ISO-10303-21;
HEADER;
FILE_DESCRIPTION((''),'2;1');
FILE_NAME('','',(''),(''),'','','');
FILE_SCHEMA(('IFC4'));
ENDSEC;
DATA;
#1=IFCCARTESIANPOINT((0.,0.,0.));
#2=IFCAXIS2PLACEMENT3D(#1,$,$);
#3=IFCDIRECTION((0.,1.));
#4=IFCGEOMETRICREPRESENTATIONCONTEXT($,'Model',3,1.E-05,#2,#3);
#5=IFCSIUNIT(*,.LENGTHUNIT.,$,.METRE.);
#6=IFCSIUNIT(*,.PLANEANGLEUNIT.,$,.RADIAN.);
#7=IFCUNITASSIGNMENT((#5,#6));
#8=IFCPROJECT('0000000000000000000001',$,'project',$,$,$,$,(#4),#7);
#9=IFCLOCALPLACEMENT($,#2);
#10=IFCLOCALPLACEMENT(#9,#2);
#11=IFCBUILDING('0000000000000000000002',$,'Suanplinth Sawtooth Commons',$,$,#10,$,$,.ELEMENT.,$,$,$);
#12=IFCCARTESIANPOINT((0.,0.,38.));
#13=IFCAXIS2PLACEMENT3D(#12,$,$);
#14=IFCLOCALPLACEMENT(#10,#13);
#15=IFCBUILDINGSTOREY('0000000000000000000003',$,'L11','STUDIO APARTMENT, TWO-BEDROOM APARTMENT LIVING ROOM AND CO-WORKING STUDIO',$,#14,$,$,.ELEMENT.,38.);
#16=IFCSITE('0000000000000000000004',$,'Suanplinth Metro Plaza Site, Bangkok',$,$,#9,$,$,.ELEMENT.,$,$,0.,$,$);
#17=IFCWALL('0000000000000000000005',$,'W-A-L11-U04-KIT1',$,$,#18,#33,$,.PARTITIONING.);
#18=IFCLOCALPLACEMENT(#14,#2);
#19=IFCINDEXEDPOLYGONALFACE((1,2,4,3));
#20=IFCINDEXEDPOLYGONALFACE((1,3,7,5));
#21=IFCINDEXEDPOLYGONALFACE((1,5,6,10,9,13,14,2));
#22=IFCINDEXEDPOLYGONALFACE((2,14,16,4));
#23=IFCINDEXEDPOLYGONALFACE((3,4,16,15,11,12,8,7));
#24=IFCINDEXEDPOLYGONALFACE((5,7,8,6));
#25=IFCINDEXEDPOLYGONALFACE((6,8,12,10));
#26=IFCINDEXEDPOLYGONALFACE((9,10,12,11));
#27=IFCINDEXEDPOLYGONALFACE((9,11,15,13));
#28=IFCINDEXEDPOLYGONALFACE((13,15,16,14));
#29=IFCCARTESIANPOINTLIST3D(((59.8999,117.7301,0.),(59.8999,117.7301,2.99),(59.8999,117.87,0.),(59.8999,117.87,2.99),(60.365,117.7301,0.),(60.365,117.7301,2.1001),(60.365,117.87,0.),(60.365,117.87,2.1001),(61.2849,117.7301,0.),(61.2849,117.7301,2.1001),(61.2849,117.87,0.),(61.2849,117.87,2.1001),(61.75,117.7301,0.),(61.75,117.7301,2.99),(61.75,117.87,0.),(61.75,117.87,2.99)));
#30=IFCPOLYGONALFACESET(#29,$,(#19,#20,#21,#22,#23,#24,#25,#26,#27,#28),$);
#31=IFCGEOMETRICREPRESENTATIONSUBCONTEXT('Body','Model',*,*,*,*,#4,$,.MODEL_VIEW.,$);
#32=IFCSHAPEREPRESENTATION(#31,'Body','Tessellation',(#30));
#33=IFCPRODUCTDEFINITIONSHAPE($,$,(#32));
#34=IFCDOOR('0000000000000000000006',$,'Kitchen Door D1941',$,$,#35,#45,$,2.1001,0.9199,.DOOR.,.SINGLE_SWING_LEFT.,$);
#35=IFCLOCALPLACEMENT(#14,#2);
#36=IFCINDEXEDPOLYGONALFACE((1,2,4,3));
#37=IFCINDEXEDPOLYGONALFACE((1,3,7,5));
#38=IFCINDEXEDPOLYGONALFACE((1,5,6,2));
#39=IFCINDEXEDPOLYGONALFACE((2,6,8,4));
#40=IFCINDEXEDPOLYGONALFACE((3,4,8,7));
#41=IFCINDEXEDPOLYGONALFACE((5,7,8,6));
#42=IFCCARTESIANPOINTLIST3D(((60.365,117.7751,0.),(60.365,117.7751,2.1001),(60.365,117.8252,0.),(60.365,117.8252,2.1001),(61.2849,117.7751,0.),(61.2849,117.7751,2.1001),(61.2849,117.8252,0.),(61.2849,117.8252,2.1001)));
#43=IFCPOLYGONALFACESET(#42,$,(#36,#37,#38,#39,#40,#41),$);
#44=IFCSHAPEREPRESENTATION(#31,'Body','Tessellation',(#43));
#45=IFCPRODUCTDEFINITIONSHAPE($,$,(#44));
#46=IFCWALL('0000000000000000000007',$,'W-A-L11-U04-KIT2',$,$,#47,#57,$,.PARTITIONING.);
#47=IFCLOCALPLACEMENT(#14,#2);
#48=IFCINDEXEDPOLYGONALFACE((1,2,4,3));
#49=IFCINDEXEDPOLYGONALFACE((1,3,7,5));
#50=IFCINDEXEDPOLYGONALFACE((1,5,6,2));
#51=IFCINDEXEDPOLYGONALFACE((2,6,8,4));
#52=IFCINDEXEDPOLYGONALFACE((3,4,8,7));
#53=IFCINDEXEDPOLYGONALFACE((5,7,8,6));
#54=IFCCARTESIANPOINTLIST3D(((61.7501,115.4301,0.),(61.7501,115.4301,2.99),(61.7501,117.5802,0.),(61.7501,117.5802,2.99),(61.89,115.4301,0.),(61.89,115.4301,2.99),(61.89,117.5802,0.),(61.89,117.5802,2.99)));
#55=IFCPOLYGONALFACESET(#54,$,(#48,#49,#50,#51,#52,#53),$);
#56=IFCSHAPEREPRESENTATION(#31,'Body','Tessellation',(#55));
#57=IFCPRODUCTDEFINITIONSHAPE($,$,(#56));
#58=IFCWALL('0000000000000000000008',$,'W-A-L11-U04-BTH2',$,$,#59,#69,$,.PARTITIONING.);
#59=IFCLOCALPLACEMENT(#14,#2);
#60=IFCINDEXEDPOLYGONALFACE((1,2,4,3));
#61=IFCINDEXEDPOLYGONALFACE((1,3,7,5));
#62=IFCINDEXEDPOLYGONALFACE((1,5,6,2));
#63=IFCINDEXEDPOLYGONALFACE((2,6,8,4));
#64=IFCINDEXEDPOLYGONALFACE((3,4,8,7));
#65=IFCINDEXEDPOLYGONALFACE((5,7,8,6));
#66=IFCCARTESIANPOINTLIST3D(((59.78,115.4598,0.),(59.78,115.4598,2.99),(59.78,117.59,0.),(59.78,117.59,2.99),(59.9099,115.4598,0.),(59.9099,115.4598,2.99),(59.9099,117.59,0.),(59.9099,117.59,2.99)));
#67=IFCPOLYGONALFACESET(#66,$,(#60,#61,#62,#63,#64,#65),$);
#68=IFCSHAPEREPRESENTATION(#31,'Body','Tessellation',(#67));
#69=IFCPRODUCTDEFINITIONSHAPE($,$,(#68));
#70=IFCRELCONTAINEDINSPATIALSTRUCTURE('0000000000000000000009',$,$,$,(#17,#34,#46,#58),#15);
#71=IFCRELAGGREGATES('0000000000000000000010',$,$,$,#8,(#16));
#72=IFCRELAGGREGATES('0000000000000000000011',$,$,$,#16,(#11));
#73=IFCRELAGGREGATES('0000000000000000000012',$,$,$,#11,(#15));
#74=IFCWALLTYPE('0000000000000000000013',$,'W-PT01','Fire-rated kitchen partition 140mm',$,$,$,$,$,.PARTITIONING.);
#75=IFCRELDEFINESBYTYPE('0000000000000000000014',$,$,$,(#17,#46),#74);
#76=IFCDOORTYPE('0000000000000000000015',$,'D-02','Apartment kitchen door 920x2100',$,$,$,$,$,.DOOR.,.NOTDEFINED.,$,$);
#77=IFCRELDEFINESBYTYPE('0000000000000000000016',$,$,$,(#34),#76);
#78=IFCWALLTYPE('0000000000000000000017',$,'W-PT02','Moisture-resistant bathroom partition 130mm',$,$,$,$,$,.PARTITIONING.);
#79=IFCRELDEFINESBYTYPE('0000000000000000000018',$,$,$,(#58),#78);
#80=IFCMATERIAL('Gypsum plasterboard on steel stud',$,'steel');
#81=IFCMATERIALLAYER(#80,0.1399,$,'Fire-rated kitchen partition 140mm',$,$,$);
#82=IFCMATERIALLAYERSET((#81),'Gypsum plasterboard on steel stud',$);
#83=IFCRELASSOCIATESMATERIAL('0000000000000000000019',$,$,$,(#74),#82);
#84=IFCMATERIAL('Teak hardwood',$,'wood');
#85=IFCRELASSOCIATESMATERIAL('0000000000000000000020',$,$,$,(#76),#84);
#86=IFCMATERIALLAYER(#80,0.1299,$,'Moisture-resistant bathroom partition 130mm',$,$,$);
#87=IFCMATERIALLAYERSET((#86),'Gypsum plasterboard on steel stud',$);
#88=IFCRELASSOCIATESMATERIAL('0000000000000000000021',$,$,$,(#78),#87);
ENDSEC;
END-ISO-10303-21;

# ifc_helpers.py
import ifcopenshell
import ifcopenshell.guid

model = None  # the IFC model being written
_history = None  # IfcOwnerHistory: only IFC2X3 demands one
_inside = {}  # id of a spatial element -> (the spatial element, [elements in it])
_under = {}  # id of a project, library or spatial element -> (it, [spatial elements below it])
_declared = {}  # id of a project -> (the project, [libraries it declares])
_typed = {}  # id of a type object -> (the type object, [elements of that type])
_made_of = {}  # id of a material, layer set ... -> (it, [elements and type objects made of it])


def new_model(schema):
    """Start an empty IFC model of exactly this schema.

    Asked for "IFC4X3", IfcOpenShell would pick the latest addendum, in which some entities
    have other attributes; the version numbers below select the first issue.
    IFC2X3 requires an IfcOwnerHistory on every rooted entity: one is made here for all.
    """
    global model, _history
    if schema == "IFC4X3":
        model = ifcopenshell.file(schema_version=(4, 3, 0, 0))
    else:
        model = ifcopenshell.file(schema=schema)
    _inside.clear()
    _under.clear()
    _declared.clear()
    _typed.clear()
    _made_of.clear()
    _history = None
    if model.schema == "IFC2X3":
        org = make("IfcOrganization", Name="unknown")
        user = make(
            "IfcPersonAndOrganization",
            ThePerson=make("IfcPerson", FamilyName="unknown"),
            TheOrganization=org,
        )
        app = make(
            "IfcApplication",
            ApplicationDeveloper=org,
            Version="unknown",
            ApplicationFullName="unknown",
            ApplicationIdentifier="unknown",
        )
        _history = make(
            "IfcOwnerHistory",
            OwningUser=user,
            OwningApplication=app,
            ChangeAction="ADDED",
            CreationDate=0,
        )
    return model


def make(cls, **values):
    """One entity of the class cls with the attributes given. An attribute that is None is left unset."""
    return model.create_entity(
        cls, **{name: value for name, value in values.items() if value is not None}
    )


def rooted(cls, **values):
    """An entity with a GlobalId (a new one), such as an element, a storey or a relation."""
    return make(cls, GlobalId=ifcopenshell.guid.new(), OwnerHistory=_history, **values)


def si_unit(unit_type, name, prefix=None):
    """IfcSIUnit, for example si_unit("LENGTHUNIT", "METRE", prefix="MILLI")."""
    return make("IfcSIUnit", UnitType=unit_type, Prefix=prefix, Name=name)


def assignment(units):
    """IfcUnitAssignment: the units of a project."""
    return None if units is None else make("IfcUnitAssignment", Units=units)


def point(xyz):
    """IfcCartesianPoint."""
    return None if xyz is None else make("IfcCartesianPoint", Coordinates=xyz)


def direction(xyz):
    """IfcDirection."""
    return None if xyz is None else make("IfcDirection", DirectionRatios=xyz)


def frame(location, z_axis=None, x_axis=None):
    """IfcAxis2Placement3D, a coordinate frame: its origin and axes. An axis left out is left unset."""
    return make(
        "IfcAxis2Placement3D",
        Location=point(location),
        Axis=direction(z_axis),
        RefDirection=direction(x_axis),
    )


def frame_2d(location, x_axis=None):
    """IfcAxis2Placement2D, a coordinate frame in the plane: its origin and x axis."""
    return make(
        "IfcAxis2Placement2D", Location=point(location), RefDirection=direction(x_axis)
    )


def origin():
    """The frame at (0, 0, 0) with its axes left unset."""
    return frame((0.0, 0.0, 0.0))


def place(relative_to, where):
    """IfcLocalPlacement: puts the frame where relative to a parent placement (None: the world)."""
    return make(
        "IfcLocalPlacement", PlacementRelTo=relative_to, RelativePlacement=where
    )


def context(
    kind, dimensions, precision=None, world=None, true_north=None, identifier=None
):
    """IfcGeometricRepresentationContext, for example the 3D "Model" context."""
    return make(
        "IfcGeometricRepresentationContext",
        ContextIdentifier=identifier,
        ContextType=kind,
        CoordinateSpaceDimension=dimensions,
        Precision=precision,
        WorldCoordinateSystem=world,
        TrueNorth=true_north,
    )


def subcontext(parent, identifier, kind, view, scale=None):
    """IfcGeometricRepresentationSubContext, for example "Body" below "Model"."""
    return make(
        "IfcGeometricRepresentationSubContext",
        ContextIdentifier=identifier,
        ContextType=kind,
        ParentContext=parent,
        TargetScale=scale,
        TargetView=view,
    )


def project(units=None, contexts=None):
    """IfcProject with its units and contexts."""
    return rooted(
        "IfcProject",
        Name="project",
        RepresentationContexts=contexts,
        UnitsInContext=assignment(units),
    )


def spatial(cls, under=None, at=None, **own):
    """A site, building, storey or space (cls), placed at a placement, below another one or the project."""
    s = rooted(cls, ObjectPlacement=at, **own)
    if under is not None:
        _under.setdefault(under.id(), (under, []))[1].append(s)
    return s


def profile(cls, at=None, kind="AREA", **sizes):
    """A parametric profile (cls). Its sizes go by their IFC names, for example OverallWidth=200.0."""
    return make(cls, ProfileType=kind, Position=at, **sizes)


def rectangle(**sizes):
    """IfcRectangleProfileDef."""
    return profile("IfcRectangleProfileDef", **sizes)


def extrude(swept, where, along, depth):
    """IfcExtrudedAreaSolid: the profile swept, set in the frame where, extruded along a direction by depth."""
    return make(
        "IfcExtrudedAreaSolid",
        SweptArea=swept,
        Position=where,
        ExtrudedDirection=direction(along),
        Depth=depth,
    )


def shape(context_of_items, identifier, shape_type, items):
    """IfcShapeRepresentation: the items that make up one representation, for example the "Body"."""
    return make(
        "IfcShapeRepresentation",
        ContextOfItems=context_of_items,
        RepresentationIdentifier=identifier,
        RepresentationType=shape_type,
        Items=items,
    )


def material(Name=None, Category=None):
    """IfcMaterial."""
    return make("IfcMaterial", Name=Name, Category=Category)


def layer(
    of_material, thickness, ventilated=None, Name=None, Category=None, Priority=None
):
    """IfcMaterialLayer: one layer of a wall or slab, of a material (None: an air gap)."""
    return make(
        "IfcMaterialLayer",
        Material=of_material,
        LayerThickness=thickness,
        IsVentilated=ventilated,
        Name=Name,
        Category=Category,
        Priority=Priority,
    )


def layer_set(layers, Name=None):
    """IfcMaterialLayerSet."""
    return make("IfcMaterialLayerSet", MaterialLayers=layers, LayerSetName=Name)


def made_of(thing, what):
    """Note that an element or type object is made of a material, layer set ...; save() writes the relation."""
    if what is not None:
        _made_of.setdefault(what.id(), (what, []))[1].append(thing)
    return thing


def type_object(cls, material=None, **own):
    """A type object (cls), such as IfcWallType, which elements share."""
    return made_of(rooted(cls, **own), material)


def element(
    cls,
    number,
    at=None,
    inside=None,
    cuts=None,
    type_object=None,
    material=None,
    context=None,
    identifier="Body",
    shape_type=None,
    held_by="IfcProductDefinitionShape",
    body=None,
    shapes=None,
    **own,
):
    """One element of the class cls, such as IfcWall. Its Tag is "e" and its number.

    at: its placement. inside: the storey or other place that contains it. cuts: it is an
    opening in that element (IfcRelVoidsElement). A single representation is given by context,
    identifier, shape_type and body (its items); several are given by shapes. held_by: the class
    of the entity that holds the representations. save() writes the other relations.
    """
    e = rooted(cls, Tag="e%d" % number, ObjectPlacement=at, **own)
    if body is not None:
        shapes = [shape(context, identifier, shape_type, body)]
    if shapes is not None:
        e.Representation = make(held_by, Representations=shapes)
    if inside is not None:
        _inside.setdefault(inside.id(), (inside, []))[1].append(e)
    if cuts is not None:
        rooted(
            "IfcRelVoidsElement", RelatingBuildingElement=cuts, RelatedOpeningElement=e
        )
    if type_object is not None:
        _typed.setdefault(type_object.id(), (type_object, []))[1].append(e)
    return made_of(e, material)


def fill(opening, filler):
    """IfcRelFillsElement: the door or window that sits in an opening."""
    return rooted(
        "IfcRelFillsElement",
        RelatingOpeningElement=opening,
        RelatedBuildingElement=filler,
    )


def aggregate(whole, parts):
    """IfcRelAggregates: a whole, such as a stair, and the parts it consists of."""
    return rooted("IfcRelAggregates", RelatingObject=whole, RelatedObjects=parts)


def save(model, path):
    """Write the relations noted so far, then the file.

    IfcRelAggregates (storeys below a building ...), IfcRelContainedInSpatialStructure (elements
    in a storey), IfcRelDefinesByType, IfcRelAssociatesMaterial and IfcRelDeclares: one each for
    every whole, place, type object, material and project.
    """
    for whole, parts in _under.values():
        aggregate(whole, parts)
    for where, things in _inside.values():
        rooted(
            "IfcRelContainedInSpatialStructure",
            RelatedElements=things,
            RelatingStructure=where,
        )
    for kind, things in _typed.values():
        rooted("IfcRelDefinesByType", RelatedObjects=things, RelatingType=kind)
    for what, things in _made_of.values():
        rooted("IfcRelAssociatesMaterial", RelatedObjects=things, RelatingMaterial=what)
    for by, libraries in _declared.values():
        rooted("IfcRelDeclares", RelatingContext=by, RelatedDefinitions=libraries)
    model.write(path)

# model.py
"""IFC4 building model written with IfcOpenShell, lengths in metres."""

from ifc_helpers import new_model, si_unit, direction, frame, frame_2d, origin, place, context, subcontext, project, spatial, rectangle, extrude, material, layer, layer_set, type_object, element, fill, save


model = new_model("IFC4")

# Units and contexts
model_context = context("Model", 3, precision=1e-05, world=origin(), true_north=direction((0.0, 1.0)))
body_context = subcontext(model_context, "Body", "Model", "MODEL_VIEW")
ifc_project = project(units=[si_unit("LENGTHUNIT", "METRE"), si_unit("PLANEANGLEUNIT", "RADIAN")], contexts=[model_context])

# Site, building, storey
site_placement = place(None, origin())
site = spatial("IfcSite", under=ifc_project, at=site_placement, Name="Suanplinth Metro Plaza Site, Bangkok", CompositionType="ELEMENT", RefElevation=0.0)
building_placement = place(site_placement, origin())
building = spatial("IfcBuilding", under=site, at=building_placement, Name="Suanplinth Sawtooth Commons", CompositionType="ELEMENT")
storey_placement = place(building_placement, frame((0.0, 0.0, 38.0)))
storey = spatial("IfcBuildingStorey", under=building, at=storey_placement, Name="L11", Description="STUDIO APARTMENT, TWO-BEDROOM APARTMENT LIVING ROOM AND CO-WORKING STUDIO", CompositionType="ELEMENT", Elevation=38.0)

# Wall, opening, door
ifc_material_1 = material(Name="Gypsum plasterboard on steel stud", Category="steel")
ifc_layer_1 = layer(ifc_material_1, 0.1399, Name="Fire-rated kitchen partition 140mm")
ifc_layer_set_1 = layer_set([ifc_layer_1], Name="Gypsum plasterboard on steel stud")
wall_type_1 = type_object("IfcWallType", Name="W-PT01", Description="Fire-rated kitchen partition 140mm", PredefinedType="PARTITIONING", material=ifc_layer_set_1)
wall_1_placement = place(storey_placement, frame((59.8999, 117.8, 0.0), z_axis=(0.0, 0.0, 1.0), x_axis=(1.0, 0.0, 0.0)))
wall_1 = element("IfcWall", 1, at=wall_1_placement, inside=storey, type_object=wall_type_1, Name="W-A-L11-U04-KIT1", PredefinedType="PARTITIONING", context=body_context, shape_type="SweptSolid", body=[
    extrude(rectangle(XDim=1.8501, YDim=0.1399, at=frame_2d((0.925, 0.0))), origin(), (0.0, 0.0, 1.0), 2.99),
])
opening_placement = place(wall_1_placement, frame((0.4651, 0.0, 0.0)))
opening = element("IfcOpeningElement", 2, at=opening_placement, cuts=wall_1, PredefinedType="OPENING", context=body_context, shape_type="SweptSolid", body=[
    extrude(rectangle(XDim=0.9199, YDim=2.1001, at=frame_2d((0.46, 1.05))), frame((0.0, 0.085, 0.0), z_axis=(0.0, -1.0, 0.0), x_axis=(1.0, 0.0, 0.0)), (0.0, 0.0, 1.0), 0.1697),
])
ifc_material_2 = material(Name="Teak hardwood", Category="wood")
door_type = type_object("IfcDoorType", Name="D-02", Description="Apartment kitchen door 920x2100", OperationType="NOTDEFINED", PredefinedType="DOOR", material=ifc_material_2)
door_placement = place(opening_placement, frame((0.9199, 0.0, 0.0), z_axis=(0.0, 0.0, 1.0), x_axis=(-1.0, 0.0, 0.0)))
door = element("IfcDoor", 3, at=door_placement, inside=storey, type_object=door_type, Name="Kitchen Door D1941", OperationType="SINGLE_SWING_LEFT", OverallHeight=2.1001, OverallWidth=0.9199, PredefinedType="DOOR", context=body_context, shape_type="SweptSolid", body=[
    extrude(rectangle(XDim=0.9199, YDim=2.1001, at=frame_2d((0.46, 1.05))), frame((0.0, 0.0249, 0.0), z_axis=(0.0, -1.0, 0.0), x_axis=(1.0, 0.0, 0.0)), (0.0, 0.0, 1.0), 0.05),
])
fill(opening, door)

# Walls
wall_2_placement = place(storey_placement, frame((61.8201, 115.4299, 0.0), z_axis=(0.0, 0.0, 1.0), x_axis=(0.0, 1.0, 0.0)))
element("IfcWall", 4, at=wall_2_placement, inside=storey, type_object=wall_type_1, Name="W-A-L11-U04-KIT2", PredefinedType="PARTITIONING", context=body_context, shape_type="SweptSolid", body=[
    extrude(rectangle(XDim=2.1501, YDim=0.1399, at=frame_2d((1.0752, 0.0))), origin(), (0.0, 0.0, 1.0), 2.99),
])
ifc_layer_2 = layer(ifc_material_1, 0.1299, Name="Moisture-resistant bathroom partition 130mm")
ifc_layer_set_2 = layer_set([ifc_layer_2], Name="Gypsum plasterboard on steel stud")
wall_type_2 = type_object("IfcWallType", Name="W-PT02", Description="Moisture-resistant bathroom partition 130mm", PredefinedType="PARTITIONING", material=ifc_layer_set_2)
wall_3_placement = place(storey_placement, frame((59.845, 115.46, 0.0), z_axis=(0.0, 0.0, 1.0), x_axis=(0.0, 1.0, 0.0)))
element("IfcWall", 5, at=wall_3_placement, inside=storey, type_object=wall_type_2, Name="W-A-L11-U04-BTH2", PredefinedType="PARTITIONING", context=body_context, shape_type="SweptSolid", body=[
    extrude(rectangle(XDim=2.1301, YDim=0.1299, at=frame_2d((1.0649, 0.0))), origin(), (0.0, 0.0, 1.0), 2.99),
])

save(model, "model.ifc")
